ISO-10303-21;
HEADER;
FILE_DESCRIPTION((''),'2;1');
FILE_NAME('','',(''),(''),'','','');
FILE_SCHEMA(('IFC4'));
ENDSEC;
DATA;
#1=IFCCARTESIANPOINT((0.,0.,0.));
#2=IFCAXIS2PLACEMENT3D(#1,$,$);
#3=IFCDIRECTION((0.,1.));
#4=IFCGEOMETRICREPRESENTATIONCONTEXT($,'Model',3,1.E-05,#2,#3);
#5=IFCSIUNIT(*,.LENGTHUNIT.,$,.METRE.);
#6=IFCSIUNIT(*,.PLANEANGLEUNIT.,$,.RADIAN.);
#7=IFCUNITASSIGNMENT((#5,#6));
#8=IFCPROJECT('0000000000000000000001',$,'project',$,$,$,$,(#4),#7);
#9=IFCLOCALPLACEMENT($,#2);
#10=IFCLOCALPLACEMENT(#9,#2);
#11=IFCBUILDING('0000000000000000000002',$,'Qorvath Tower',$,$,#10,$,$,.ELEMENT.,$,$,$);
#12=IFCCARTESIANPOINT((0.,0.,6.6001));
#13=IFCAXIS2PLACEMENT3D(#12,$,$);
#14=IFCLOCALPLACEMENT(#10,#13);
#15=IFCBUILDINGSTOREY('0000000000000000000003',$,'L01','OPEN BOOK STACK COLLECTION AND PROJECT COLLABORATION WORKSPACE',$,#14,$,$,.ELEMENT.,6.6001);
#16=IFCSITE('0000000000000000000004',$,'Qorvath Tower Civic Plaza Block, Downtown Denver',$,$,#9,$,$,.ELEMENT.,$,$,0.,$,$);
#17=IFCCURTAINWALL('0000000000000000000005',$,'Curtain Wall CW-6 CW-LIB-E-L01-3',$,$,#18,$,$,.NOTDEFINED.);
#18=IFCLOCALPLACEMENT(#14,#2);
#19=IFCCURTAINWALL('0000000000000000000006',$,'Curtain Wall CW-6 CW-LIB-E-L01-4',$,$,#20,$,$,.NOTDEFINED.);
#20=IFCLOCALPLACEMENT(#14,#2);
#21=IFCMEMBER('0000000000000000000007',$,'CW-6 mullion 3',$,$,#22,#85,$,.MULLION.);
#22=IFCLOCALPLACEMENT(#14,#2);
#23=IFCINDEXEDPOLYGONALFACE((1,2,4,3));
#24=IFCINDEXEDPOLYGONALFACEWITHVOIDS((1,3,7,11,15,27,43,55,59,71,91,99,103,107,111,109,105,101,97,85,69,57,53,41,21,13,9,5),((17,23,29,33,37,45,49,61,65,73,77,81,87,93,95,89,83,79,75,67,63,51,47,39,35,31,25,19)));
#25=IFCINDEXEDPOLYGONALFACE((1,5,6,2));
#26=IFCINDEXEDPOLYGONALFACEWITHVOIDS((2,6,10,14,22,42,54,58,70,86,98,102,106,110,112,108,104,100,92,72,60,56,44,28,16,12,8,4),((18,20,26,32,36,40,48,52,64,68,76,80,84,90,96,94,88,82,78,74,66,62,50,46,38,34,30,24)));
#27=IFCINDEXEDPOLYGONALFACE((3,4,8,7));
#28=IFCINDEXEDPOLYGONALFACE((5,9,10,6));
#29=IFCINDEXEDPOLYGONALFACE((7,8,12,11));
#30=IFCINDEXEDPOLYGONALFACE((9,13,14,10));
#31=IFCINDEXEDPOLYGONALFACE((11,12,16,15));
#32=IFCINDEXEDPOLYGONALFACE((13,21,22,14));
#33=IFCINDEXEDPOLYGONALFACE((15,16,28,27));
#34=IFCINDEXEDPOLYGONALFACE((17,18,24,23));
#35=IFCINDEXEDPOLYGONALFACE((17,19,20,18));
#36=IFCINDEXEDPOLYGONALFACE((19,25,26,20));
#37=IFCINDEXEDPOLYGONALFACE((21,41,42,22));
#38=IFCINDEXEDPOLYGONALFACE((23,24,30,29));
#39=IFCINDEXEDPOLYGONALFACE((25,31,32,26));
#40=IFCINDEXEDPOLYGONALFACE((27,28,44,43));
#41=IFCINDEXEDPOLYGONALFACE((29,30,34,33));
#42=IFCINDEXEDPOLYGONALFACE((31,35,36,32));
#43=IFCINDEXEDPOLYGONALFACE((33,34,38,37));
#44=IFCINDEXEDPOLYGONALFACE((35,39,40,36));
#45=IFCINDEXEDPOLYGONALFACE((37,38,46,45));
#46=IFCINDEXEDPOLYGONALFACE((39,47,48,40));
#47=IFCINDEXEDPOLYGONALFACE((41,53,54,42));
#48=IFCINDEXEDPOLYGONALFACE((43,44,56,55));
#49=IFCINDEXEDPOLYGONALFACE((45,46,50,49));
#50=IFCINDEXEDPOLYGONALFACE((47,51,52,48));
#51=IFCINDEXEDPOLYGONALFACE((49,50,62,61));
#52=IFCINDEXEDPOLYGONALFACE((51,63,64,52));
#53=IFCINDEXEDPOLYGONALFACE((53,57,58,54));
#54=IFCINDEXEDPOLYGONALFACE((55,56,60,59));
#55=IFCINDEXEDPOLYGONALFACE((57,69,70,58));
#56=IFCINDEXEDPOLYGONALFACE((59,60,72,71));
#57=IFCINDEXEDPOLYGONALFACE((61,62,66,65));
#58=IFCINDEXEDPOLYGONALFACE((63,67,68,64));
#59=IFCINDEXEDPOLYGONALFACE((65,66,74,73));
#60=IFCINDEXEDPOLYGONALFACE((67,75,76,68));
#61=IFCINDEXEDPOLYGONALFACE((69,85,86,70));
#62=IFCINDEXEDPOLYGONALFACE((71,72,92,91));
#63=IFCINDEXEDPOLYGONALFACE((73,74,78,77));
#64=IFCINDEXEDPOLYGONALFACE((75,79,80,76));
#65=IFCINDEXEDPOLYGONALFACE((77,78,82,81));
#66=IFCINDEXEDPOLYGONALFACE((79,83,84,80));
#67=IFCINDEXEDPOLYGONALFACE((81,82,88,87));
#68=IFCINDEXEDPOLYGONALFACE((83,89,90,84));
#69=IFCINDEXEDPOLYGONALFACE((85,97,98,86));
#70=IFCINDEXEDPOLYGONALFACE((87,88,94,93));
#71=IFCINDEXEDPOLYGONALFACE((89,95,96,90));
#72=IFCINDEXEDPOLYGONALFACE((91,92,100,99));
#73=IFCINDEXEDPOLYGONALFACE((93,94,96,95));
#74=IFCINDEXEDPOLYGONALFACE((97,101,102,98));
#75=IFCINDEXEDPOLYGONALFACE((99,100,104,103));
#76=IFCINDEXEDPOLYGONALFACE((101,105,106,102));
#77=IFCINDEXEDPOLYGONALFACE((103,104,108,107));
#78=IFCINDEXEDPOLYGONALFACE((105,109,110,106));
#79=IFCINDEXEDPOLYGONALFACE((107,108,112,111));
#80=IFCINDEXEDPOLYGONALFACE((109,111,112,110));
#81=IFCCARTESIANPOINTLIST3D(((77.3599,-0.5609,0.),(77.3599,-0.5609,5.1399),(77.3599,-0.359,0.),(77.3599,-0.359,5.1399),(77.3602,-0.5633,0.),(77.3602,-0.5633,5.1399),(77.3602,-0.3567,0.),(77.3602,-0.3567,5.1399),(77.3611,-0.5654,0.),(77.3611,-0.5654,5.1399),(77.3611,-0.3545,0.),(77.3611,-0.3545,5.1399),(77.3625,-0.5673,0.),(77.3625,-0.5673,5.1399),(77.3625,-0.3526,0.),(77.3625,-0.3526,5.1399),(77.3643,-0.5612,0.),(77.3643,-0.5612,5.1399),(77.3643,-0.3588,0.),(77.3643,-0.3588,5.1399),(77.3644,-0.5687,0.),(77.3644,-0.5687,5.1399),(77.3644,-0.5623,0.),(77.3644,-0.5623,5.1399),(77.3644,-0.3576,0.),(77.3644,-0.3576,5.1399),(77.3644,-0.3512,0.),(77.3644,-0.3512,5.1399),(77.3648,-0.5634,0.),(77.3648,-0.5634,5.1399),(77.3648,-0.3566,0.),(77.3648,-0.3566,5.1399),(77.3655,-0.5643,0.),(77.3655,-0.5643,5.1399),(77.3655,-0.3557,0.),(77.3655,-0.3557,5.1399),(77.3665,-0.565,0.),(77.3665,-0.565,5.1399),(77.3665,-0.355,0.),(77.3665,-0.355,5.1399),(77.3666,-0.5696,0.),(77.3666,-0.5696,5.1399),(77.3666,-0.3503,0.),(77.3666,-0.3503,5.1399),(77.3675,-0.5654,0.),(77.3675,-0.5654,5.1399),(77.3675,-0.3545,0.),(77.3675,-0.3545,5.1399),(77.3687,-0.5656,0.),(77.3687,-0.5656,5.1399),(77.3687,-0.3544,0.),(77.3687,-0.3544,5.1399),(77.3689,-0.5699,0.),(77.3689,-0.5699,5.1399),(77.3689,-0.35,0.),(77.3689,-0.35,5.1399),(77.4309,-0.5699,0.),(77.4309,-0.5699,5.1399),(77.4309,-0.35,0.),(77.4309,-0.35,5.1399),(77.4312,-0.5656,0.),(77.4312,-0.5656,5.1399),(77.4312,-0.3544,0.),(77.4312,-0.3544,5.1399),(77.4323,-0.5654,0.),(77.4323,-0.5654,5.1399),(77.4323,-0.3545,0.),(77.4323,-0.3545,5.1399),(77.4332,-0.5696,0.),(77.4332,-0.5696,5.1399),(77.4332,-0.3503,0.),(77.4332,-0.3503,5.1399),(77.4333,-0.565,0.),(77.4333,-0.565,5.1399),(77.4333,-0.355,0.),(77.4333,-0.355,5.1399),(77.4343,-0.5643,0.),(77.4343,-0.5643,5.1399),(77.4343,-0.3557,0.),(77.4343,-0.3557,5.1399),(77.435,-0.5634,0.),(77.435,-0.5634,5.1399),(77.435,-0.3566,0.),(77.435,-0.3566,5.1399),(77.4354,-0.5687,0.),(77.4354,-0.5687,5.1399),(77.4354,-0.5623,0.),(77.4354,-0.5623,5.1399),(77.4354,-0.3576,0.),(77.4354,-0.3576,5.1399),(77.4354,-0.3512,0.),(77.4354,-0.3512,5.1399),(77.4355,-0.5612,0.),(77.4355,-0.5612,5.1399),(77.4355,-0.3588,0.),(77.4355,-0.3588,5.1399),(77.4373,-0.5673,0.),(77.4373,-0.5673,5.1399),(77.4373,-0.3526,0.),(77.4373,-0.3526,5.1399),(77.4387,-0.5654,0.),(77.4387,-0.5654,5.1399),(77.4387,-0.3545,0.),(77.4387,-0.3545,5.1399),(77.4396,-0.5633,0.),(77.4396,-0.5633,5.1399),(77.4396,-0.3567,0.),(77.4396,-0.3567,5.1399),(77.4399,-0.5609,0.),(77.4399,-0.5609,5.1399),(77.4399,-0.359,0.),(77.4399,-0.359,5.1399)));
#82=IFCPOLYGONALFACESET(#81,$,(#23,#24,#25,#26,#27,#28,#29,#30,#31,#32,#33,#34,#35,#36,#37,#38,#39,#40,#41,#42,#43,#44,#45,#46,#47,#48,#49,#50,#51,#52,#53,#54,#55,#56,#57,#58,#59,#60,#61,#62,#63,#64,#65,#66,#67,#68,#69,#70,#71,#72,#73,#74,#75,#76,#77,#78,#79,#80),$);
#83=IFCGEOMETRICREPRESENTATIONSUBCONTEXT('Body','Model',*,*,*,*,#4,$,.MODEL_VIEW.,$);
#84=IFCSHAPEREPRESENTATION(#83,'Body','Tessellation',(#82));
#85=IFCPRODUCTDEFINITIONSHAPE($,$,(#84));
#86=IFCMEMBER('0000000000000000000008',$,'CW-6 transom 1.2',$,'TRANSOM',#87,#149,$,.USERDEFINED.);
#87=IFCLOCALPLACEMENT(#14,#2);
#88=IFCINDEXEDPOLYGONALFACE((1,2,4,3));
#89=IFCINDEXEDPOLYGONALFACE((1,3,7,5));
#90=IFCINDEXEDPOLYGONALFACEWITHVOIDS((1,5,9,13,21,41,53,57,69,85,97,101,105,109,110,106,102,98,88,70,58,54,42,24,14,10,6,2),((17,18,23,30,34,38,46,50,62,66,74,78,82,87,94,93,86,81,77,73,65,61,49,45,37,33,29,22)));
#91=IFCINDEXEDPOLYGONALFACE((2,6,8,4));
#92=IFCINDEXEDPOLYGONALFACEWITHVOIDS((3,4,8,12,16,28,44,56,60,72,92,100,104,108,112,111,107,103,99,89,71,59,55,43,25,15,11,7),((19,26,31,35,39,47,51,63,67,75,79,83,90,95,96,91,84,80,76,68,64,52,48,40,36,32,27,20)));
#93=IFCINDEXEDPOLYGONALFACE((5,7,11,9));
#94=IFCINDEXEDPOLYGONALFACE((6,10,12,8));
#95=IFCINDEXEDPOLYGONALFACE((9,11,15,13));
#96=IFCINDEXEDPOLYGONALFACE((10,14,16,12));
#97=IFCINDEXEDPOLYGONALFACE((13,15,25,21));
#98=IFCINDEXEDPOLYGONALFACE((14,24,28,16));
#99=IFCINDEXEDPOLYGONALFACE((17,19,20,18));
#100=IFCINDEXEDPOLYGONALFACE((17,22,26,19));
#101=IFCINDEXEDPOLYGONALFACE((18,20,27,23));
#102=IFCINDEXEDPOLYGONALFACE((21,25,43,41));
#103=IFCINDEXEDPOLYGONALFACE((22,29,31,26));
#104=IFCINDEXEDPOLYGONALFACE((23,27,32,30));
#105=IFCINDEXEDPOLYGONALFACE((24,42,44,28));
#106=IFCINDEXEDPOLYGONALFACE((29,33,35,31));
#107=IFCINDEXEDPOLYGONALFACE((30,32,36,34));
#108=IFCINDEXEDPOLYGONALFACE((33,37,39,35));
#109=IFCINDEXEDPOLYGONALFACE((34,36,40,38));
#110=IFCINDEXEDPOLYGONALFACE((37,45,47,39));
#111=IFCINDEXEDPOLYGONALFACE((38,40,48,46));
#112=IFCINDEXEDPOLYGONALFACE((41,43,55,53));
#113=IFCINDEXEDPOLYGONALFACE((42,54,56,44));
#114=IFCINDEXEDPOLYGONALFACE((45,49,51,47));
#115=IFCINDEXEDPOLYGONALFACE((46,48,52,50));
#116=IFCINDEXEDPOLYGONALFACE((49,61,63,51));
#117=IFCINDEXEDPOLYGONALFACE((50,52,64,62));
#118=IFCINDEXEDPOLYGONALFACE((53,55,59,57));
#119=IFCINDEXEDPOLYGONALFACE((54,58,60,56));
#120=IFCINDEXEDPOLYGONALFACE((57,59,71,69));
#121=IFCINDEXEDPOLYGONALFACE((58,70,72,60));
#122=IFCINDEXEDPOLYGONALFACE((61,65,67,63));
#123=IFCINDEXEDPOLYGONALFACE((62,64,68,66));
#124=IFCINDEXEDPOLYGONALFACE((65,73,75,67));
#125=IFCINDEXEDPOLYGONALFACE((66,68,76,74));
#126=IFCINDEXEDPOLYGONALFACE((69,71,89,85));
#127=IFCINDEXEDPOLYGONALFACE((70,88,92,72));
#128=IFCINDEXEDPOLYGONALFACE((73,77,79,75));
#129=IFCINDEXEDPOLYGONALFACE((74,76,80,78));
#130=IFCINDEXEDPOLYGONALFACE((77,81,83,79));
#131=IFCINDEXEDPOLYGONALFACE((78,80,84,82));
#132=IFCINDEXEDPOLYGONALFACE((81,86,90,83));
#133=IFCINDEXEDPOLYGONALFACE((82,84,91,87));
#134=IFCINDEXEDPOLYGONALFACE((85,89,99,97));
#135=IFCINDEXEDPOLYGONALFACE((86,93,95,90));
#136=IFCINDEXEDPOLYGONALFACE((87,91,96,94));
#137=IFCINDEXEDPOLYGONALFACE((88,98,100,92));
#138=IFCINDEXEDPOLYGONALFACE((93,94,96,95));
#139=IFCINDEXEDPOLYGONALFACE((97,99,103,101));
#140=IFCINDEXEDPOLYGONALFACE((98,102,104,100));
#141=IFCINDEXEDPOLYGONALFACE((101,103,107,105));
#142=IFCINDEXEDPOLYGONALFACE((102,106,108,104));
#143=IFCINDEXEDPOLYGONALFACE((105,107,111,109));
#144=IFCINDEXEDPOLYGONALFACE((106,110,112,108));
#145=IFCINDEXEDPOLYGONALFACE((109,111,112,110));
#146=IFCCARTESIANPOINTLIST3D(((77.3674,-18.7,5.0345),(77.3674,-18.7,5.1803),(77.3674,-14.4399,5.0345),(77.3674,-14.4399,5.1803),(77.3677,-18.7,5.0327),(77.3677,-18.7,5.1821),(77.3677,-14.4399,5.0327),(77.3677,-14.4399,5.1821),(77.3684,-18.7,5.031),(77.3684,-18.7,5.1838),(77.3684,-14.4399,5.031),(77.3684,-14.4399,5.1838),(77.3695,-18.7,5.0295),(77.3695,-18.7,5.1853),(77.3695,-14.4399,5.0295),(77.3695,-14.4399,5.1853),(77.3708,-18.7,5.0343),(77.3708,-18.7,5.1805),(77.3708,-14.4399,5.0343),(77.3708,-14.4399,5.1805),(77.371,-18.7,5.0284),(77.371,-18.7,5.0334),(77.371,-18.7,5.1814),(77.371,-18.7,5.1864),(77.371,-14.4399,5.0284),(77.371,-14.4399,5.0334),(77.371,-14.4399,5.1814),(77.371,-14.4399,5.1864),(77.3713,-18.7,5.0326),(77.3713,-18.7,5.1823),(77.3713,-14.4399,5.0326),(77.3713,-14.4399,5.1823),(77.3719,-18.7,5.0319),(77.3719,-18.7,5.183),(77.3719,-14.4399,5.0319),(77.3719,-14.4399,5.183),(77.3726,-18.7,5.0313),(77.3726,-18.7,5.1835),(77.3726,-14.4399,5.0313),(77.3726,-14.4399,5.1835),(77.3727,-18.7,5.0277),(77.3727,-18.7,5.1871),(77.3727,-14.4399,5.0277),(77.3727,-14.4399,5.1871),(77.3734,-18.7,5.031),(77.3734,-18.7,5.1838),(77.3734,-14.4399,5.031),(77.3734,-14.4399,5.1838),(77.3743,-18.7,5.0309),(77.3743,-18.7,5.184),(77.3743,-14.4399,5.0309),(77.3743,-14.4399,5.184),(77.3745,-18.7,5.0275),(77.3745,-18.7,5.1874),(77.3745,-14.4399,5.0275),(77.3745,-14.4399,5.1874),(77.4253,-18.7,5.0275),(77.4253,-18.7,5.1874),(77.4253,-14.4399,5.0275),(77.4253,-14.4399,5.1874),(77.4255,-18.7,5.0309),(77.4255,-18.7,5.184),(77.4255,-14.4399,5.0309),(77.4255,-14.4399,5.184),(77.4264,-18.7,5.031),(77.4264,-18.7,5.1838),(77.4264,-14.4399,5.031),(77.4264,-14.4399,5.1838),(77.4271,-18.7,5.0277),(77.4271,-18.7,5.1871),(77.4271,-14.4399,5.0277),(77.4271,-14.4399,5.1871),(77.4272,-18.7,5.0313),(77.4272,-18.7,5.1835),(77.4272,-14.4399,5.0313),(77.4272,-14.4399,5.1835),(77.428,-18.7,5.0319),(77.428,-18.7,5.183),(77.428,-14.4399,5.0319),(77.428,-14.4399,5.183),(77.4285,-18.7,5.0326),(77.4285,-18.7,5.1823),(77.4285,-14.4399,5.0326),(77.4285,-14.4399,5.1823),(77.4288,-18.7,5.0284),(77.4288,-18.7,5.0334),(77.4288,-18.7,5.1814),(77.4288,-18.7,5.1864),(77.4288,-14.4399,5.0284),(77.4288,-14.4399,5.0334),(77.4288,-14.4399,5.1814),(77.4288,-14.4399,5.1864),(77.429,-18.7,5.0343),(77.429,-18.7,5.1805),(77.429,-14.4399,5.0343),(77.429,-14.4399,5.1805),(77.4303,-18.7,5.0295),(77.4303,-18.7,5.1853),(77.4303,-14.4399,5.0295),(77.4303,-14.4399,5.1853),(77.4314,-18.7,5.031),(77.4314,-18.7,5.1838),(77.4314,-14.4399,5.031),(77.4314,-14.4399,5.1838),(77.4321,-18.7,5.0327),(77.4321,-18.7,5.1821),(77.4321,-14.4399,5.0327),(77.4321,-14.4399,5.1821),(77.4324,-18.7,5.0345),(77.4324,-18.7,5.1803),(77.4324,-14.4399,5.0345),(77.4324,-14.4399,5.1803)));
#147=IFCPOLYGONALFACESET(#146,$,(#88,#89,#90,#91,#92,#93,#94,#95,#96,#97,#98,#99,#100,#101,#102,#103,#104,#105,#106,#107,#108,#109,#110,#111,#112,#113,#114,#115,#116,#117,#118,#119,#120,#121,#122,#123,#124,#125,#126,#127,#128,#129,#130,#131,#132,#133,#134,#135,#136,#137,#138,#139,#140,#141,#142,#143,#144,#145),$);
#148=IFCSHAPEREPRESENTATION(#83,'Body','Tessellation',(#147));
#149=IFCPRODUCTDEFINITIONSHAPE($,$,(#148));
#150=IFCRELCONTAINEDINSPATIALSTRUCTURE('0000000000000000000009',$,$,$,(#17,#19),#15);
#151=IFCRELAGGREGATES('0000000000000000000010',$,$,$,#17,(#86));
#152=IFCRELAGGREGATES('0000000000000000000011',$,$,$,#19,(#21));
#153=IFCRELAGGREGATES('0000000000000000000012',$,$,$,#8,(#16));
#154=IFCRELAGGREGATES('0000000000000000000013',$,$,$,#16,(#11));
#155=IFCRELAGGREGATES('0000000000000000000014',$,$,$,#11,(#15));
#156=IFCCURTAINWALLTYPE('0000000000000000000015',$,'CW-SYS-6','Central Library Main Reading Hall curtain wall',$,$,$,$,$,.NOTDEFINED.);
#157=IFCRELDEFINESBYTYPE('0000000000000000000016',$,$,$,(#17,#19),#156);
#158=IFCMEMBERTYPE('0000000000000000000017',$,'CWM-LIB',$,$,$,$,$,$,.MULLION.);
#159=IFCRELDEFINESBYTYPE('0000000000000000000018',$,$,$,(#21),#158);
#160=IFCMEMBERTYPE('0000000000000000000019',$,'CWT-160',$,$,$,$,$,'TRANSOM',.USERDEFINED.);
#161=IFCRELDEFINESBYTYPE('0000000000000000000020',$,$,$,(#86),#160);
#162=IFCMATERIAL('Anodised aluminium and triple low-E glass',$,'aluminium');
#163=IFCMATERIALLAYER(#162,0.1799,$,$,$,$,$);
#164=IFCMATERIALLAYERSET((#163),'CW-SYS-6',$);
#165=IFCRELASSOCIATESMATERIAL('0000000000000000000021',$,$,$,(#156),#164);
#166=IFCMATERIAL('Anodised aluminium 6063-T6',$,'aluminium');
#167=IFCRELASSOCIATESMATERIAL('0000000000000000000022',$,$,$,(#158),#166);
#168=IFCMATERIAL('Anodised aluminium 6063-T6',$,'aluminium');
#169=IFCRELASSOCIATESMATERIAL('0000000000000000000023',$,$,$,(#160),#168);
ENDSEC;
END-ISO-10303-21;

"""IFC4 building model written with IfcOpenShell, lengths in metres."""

from ifc_helpers import new_model, si_unit, direction, frame, origin, origin_2d, place, context, subcontext, project, spatial, hollow_rectangle, extrude, material, layer, layer_set, material_profile, profile_set, type_object, element, aggregate, save


model = new_model("IFC4")

# Units and contexts
model_context = context("Model", 3, precision=1e-05, world=origin(), true_north=direction((0.0, 1.0)))
body_context = subcontext(model_context, "Body", "Model", "MODEL_VIEW")
ifc_project = project(units=[si_unit("LENGTHUNIT", "METRE"), si_unit("PLANEANGLEUNIT", "RADIAN")], contexts=[model_context])

# Site, building, storey
site_placement = place(None, origin())
site = spatial("IfcSite", under=ifc_project, at=site_placement, Name="Qorvath Tower Civic Plaza Block, Downtown Denver", CompositionType="ELEMENT", RefElevation=0.0)
building_placement = place(site_placement, origin())
building = spatial("IfcBuilding", under=site, at=building_placement, Name="Qorvath Tower", CompositionType="ELEMENT")
storey_placement = place(building_placement, frame((0.0, 0.0, 6.6001)))
storey = spatial("IfcBuildingStorey", under=building, at=storey_placement, Name="L01", Description="OPEN BOOK STACK COLLECTION AND PROJECT COLLABORATION WORKSPACE", CompositionType="ELEMENT", Elevation=6.6001)

# Curtain walls, member
ifc_material_1 = material(Name="Anodised aluminium and triple low-E glass", Category="aluminium")
ifc_layer_1 = layer(ifc_material_1, 0.1799)
ifc_layer_set_1 = layer_set([ifc_layer_1], Name="CW-SYS-6")
curtain_wall_type = type_object("IfcCurtainWallType", Name="CW-SYS-6", Description="Central Library Main Reading Hall curtain wall", PredefinedType="NOTDEFINED", material=ifc_layer_set_1)
curtain_wall_1_placement = place(storey_placement, origin())
curtain_wall_1 = element("IfcCurtainWall", 1, at=curtain_wall_1_placement, inside=storey, type_object=curtain_wall_type, Name="Curtain Wall CW-6 CW-LIB-E-L01-3", PredefinedType="NOTDEFINED")
ifc_material_2 = material(Name="Anodised aluminium 6063-T6", Category="aluminium")
ifc_material_profile_1 = material_profile(ifc_material_2, hollow_rectangle(XDim=0.0801, YDim=0.22, WallThickness=0.0044, InnerFilletRadius=0.0044, OuterFilletRadius=0.009, at=origin_2d()), Name="CWM LIB 220x80")
ifc_profile_set_1 = profile_set([ifc_material_profile_1], Name="Anodised aluminium 6063-T6")
member_type_1 = type_object("IfcMemberType", Name="CWM-LIB", PredefinedType="MULLION", material=ifc_profile_set_1)
curtain_wall_2_placement = place(storey_placement, origin())
curtain_wall_2 = element("IfcCurtainWall", 2, at=curtain_wall_2_placement, inside=storey, type_object=curtain_wall_type, Name="Curtain Wall CW-6 CW-LIB-E-L01-4", PredefinedType="NOTDEFINED")
member_1_placement = place(storey_placement, frame((77.3999, -0.46, 0.0), z_axis=(0.0, 0.0, 1.0), x_axis=(-1.0, 0.0, 0.0)))
member_1 = element("IfcMember", 3, at=member_1_placement, type_object=member_type_1, Name="CW-6 mullion 3", PredefinedType="MULLION", context=body_context, shape_type="SweptSolid", body=[
    extrude(hollow_rectangle(XDim=0.0801, YDim=0.22, WallThickness=0.0044, InnerFilletRadius=0.0044, OuterFilletRadius=0.009, at=origin_2d()), origin(), (0.0, 0.0, 1.0), 5.1399),
])

# Member
ifc_material_3 = material(Name="Anodised aluminium 6063-T6", Category="aluminium")
ifc_material_profile_2 = material_profile(ifc_material_3, hollow_rectangle(XDim=0.0649, YDim=0.1599, WallThickness=0.0034, InnerFilletRadius=0.0034, OuterFilletRadius=0.0071, at=origin_2d()), Name="CWT 160x65")
ifc_profile_set_2 = profile_set([ifc_material_profile_2], Name="Anodised aluminium 6063-T6")
member_type_2 = type_object("IfcMemberType", Name="CWT-160", ElementType="TRANSOM", PredefinedType="USERDEFINED", material=ifc_profile_set_2)
member_2_placement = place(storey_placement, frame((77.3999, -18.7, 5.1074), z_axis=(0.0, 1.0, 0.0), x_axis=(-1.0, 0.0, 0.0)))
member_2 = element("IfcMember", 4, at=member_2_placement, type_object=member_type_2, Name="CW-6 transom 1.2", ObjectType="TRANSOM", PredefinedType="USERDEFINED", context=body_context, shape_type="SweptSolid", body=[
    extrude(hollow_rectangle(XDim=0.0649, YDim=0.1599, WallThickness=0.0034, InnerFilletRadius=0.0034, OuterFilletRadius=0.0071, at=origin_2d()), origin(), (0.0, 0.0, 1.0), 4.26),
])

aggregate(curtain_wall_1, [member_2])
aggregate(curtain_wall_2, [member_1])

save(model, "model.ifc")
